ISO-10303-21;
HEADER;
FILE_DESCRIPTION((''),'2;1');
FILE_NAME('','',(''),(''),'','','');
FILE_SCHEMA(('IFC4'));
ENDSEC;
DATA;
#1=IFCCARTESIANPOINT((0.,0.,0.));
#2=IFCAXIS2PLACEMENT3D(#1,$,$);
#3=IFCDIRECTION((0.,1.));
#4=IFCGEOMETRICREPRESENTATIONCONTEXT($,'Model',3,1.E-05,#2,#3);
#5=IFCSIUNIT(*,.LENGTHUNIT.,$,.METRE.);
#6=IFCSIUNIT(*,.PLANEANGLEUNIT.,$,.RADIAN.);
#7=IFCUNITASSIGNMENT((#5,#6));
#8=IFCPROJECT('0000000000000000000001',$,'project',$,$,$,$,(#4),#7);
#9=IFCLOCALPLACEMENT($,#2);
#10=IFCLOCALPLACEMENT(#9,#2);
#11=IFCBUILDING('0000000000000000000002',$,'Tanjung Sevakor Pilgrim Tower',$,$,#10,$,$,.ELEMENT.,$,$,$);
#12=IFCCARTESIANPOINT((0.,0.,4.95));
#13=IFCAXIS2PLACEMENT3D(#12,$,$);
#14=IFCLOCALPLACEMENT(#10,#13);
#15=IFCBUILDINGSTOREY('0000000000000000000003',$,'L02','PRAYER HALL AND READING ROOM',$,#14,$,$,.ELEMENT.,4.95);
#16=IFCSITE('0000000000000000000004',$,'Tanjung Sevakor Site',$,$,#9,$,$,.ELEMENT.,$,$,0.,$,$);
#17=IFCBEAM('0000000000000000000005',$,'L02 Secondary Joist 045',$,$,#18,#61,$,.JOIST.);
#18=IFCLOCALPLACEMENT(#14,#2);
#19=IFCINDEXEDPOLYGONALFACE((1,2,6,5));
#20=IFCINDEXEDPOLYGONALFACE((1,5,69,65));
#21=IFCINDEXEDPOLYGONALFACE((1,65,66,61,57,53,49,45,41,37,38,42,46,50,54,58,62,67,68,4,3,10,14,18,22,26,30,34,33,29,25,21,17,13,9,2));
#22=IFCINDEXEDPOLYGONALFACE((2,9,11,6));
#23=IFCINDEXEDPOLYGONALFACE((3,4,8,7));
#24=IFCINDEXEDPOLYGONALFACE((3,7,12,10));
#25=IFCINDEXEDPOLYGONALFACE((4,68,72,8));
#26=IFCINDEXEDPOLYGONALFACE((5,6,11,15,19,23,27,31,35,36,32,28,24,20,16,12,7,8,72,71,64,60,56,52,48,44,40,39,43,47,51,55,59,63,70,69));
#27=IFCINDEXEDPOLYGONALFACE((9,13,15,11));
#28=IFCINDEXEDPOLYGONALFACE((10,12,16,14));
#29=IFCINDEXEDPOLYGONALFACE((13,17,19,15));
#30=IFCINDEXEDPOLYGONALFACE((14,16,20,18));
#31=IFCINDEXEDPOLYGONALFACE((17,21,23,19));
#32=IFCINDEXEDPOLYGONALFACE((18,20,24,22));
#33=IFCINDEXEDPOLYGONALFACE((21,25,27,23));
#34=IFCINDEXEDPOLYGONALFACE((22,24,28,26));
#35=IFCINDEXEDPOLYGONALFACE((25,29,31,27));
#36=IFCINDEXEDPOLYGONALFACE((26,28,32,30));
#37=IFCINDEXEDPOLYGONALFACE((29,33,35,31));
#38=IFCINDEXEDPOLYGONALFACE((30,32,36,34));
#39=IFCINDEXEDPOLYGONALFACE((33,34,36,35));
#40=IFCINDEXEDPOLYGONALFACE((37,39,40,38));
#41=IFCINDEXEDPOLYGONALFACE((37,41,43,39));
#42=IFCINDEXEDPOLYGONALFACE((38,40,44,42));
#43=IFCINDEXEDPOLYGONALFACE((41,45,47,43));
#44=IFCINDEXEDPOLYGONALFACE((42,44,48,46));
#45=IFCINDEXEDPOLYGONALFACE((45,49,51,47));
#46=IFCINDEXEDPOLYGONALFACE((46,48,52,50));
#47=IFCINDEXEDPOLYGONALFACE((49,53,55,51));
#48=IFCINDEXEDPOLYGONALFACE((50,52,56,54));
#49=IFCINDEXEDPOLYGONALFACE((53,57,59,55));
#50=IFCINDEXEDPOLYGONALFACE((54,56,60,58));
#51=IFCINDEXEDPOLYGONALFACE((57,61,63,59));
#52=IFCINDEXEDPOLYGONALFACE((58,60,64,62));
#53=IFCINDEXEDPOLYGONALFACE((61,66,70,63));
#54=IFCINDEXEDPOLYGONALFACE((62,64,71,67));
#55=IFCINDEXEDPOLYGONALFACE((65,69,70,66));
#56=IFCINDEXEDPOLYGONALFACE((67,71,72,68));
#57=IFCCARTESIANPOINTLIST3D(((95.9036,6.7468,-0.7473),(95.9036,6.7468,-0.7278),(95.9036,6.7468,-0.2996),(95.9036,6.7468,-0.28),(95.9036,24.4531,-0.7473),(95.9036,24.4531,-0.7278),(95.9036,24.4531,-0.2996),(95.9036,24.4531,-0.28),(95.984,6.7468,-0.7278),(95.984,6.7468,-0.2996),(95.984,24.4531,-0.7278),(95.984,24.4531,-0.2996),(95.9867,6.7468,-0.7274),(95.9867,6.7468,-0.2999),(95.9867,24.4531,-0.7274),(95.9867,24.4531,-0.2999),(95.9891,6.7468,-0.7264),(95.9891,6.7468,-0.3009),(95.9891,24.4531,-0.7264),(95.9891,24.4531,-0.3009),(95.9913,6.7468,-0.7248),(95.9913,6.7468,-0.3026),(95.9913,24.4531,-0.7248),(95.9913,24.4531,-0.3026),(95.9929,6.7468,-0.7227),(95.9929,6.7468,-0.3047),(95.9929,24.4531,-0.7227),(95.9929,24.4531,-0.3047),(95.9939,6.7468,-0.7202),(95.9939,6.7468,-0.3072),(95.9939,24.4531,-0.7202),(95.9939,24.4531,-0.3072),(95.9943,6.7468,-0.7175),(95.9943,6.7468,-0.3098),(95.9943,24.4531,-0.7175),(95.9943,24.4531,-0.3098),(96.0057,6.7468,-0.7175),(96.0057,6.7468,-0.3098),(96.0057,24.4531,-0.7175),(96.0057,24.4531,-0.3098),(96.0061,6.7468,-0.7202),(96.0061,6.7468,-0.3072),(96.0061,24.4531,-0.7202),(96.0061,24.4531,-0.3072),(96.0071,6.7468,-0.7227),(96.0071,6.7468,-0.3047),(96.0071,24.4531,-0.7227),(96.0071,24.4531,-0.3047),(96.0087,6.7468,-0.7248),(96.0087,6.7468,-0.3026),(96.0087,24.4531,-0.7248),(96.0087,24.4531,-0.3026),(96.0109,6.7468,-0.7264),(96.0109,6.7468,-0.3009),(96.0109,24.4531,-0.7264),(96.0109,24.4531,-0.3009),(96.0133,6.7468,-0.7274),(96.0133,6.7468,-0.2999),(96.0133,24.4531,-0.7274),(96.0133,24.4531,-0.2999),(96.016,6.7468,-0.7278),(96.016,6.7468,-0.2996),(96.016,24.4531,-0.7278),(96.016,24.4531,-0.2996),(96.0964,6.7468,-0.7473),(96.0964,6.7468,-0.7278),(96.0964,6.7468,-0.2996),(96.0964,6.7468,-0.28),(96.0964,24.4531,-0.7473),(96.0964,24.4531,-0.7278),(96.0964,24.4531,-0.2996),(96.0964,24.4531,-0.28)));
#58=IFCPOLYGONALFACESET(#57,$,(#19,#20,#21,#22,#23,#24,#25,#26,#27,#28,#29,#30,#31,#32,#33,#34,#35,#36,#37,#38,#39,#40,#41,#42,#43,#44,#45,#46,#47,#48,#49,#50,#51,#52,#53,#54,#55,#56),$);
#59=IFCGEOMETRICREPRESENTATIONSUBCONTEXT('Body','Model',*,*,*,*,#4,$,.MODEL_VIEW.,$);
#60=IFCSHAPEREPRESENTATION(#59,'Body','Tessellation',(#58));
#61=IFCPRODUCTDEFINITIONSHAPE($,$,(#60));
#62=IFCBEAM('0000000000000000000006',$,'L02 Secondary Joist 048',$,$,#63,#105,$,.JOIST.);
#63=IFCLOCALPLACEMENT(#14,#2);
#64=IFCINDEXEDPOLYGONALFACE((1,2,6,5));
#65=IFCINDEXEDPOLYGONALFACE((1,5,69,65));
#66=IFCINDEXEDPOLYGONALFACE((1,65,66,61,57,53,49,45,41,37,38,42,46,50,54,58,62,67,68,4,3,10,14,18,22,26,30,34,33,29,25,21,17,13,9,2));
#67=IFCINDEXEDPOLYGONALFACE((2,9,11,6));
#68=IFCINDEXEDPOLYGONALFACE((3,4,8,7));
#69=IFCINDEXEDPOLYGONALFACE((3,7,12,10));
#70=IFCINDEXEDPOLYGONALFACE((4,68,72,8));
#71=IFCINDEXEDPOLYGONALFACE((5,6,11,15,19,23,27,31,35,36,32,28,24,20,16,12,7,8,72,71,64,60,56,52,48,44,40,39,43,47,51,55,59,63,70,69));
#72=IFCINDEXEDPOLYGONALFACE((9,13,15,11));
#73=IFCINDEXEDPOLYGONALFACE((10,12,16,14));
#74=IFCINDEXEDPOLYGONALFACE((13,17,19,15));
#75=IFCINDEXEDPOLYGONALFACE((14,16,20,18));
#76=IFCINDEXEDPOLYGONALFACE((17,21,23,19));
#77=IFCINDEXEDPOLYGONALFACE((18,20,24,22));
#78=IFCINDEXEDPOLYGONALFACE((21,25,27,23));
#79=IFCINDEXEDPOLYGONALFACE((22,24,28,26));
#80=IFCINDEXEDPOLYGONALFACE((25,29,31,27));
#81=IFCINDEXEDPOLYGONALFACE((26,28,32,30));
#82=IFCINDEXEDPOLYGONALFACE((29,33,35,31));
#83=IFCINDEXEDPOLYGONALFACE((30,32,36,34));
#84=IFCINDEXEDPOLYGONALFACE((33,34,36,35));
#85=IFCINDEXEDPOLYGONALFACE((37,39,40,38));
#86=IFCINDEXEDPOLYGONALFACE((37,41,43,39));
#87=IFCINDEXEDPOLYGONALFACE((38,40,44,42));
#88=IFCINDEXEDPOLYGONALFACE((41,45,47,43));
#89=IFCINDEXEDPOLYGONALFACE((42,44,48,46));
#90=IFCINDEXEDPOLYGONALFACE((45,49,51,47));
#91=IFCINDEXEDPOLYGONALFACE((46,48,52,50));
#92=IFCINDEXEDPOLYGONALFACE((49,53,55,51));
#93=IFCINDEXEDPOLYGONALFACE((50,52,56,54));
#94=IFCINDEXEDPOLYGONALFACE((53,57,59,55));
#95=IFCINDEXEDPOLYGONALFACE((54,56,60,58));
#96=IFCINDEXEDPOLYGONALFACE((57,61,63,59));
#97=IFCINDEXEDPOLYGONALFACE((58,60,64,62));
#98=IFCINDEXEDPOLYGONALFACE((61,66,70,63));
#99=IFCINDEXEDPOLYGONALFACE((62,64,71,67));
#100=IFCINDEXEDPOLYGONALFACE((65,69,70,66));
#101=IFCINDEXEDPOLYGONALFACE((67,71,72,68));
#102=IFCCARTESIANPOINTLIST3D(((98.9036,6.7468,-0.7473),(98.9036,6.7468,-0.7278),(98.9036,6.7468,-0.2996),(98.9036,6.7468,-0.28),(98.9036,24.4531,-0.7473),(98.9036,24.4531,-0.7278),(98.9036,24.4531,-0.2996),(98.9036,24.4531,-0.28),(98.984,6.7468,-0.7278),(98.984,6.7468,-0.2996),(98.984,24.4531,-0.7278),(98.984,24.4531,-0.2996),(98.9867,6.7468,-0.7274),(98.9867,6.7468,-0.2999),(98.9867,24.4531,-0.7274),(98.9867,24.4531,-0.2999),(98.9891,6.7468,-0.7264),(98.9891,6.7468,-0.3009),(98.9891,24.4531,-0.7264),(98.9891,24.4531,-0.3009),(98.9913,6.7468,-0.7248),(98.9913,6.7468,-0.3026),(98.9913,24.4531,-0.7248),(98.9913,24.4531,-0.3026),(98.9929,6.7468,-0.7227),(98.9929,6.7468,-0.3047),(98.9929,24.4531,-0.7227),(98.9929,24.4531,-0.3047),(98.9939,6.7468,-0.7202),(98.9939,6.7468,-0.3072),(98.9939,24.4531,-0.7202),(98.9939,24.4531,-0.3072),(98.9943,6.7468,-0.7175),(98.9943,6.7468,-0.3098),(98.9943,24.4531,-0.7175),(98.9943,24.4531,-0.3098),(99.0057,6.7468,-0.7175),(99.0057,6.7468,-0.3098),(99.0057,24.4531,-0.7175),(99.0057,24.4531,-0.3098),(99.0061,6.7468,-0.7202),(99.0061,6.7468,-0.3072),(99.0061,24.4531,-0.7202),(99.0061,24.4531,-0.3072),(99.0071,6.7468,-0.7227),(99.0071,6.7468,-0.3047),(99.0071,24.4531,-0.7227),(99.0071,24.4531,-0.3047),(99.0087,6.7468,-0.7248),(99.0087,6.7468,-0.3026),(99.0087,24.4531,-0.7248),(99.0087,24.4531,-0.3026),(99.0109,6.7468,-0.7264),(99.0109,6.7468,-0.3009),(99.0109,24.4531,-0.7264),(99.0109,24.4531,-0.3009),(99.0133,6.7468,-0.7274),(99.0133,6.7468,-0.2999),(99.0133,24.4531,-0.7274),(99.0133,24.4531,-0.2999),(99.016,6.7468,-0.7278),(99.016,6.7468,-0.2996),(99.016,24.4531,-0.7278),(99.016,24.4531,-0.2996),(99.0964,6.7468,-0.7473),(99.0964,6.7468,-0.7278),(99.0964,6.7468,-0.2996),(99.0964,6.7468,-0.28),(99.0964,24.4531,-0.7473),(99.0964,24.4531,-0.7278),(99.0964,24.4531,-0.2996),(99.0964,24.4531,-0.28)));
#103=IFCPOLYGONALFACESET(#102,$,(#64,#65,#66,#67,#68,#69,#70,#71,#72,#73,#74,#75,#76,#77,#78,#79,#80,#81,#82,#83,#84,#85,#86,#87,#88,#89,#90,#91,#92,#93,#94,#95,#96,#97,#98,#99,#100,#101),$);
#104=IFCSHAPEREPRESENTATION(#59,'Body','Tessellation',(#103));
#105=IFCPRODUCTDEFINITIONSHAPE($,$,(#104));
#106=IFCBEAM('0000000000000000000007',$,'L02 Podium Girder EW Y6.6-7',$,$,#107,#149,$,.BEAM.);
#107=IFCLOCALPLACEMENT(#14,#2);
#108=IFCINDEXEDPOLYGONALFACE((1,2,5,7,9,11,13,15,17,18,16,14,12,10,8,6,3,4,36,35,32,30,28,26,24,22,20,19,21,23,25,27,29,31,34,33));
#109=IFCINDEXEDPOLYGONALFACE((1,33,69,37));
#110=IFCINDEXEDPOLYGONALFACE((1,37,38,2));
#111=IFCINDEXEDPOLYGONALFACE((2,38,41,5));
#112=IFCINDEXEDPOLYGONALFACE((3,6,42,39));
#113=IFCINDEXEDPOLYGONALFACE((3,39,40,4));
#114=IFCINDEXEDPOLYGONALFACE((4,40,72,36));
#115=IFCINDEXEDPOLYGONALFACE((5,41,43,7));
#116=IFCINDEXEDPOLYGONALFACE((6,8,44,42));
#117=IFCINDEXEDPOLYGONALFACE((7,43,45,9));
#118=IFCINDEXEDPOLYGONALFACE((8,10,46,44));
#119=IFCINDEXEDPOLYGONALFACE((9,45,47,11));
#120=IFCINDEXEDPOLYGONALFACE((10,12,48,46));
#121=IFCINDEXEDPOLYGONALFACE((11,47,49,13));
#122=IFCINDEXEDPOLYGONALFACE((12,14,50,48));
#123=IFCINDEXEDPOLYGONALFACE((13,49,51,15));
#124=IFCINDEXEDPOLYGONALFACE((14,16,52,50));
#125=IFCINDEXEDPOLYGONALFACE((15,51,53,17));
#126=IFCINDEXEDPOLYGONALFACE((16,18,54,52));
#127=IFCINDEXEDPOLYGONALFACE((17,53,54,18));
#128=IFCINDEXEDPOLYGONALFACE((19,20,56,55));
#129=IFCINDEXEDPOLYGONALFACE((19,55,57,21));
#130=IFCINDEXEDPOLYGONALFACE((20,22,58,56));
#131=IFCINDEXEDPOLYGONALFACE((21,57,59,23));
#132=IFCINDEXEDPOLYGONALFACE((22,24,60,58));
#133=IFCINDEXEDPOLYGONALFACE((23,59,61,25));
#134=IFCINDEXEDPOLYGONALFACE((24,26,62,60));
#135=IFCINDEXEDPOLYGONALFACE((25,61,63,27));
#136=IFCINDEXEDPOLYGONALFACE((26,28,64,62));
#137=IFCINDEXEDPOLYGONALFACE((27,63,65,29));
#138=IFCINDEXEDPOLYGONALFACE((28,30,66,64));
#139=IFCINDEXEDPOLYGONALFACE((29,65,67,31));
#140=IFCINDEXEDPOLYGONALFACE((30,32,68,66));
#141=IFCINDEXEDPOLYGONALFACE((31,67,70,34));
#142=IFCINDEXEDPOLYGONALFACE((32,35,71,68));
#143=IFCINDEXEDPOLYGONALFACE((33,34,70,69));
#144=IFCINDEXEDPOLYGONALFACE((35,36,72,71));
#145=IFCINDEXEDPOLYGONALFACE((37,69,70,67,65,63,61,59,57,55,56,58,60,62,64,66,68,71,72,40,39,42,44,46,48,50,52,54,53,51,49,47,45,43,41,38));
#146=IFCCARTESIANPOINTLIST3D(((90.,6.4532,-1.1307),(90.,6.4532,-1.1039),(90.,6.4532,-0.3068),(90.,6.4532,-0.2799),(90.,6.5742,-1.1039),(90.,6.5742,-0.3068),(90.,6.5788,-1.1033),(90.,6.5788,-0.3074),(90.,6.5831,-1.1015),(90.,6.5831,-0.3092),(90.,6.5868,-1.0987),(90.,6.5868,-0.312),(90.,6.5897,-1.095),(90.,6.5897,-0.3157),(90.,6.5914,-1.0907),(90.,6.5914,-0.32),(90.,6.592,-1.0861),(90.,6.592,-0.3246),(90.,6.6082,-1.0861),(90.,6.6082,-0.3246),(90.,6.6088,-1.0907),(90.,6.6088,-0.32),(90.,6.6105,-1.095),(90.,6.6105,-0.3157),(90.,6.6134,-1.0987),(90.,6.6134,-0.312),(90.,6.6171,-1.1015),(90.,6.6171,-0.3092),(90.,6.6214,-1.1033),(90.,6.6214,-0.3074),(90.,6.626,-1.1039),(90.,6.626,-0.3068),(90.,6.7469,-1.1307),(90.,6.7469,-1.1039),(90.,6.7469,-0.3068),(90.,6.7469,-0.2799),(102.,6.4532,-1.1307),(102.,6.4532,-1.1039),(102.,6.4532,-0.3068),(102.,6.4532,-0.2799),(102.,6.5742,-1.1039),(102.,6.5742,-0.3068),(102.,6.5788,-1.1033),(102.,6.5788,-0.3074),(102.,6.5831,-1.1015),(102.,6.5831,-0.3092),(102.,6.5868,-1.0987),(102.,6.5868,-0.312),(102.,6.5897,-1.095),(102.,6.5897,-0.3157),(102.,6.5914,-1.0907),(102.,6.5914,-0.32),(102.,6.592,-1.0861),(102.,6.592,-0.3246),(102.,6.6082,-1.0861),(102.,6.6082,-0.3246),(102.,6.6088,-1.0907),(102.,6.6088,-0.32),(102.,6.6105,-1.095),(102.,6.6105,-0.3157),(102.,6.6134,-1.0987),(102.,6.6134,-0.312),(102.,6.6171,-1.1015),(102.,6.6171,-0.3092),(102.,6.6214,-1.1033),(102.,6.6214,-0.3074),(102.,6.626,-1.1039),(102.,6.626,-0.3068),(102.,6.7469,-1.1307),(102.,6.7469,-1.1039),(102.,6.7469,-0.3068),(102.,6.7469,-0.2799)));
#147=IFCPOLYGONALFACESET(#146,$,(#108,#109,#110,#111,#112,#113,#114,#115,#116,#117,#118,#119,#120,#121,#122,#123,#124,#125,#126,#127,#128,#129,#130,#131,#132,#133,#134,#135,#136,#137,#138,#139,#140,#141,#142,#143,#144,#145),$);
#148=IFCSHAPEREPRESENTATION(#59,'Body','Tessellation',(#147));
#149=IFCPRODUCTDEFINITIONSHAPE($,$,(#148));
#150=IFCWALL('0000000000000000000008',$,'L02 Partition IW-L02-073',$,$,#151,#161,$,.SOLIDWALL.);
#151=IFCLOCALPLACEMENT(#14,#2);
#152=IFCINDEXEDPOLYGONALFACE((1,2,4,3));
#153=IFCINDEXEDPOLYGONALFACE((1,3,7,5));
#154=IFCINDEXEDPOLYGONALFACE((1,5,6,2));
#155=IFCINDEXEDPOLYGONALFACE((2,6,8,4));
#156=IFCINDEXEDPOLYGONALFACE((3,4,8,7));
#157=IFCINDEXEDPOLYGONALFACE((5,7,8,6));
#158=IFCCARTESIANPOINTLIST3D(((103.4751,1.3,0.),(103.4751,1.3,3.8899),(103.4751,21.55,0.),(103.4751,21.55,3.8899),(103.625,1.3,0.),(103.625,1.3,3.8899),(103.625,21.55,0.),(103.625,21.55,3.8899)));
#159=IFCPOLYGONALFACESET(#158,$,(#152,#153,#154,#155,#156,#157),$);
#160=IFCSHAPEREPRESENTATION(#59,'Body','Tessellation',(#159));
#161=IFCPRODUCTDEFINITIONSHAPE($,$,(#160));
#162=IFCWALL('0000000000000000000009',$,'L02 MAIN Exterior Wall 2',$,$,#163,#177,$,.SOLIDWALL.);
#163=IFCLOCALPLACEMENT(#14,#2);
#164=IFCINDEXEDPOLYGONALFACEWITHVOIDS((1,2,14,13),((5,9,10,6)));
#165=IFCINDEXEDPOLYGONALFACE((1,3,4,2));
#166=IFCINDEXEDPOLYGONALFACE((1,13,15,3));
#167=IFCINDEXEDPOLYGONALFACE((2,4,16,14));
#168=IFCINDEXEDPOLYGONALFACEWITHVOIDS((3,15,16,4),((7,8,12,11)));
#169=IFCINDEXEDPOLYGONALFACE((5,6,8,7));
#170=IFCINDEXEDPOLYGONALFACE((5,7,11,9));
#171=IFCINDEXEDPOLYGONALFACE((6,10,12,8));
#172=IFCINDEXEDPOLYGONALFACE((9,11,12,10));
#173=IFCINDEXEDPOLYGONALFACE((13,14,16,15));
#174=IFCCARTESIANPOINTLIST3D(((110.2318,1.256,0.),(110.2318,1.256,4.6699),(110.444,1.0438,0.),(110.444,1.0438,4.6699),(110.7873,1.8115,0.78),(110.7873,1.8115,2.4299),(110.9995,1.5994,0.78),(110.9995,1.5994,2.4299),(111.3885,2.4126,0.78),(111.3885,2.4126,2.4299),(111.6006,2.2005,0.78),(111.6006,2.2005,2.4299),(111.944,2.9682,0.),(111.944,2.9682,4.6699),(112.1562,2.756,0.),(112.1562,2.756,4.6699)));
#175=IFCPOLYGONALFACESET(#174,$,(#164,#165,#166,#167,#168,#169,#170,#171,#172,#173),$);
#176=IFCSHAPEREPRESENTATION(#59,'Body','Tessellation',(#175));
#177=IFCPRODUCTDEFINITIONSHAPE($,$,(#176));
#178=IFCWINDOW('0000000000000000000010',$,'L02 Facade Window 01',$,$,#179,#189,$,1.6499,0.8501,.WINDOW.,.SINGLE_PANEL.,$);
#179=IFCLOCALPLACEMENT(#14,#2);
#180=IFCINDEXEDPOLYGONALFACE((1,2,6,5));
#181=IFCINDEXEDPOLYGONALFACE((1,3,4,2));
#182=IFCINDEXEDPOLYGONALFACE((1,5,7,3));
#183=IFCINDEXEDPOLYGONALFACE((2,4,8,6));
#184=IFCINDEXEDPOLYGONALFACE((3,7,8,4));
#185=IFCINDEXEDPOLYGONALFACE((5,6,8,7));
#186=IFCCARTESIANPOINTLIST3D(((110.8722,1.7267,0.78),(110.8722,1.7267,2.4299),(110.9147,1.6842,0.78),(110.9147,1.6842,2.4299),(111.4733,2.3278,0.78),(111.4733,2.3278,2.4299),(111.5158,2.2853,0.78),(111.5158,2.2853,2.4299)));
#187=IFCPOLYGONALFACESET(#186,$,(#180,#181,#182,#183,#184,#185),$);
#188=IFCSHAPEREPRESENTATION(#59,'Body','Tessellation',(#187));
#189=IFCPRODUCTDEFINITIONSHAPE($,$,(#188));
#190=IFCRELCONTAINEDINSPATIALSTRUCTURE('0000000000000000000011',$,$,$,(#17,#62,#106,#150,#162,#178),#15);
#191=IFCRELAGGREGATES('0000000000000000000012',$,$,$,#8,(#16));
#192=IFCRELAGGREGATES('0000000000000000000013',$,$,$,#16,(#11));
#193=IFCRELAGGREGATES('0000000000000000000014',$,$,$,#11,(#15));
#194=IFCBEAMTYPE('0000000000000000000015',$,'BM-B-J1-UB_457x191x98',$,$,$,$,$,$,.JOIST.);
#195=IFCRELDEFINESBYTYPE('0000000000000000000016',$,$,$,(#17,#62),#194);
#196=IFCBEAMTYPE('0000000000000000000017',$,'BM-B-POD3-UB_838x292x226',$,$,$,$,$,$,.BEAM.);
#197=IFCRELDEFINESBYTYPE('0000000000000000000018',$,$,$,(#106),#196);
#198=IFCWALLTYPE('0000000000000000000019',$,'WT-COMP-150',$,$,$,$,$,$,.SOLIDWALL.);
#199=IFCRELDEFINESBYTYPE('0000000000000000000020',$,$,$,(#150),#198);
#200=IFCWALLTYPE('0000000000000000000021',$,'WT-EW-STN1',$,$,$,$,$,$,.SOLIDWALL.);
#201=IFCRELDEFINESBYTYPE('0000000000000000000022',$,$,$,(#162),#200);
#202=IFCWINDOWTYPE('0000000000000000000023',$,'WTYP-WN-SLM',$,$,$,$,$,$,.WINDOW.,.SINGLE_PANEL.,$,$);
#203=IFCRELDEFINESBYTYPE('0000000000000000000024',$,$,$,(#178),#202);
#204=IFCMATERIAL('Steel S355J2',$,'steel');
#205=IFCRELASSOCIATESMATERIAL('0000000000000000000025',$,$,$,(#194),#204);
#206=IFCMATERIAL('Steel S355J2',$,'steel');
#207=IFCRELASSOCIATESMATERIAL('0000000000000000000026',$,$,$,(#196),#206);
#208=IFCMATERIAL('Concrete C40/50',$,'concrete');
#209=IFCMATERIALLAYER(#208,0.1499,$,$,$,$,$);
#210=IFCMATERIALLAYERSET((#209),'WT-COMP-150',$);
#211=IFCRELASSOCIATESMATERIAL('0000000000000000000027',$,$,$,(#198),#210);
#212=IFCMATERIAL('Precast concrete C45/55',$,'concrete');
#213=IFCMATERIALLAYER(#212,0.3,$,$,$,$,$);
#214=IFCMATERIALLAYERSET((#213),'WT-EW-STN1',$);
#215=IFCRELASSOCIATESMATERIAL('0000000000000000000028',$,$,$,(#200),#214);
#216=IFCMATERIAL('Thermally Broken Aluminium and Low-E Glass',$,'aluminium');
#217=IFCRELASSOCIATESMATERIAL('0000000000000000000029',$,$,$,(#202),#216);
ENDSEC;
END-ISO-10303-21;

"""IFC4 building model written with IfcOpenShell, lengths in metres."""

from ifc_helpers import new_model, si_unit, direction, frame, frame_2d, origin, origin_2d, place, context, subcontext, project, spatial, rectangle, i_section, extrude, material, layer, layer_set, material_profile, profile_set, type_object, element, fill, save


model = new_model("IFC4")

# Units and contexts
model_context = context("Model", 3, precision=1e-05, world=origin(), true_north=direction((0.0, 1.0)))
body_context = subcontext(model_context, "Body", "Model", "MODEL_VIEW")
ifc_project = project(units=[si_unit("LENGTHUNIT", "METRE"), si_unit("PLANEANGLEUNIT", "RADIAN")], contexts=[model_context])

# Site, building, storey
site_placement = place(None, origin())
site = spatial("IfcSite", under=ifc_project, at=site_placement, Name="Tanjung Sevakor Site", CompositionType="ELEMENT", RefElevation=0.0)
building_placement = place(site_placement, origin())
building = spatial("IfcBuilding", under=site, at=building_placement, Name="Tanjung Sevakor Pilgrim Tower", CompositionType="ELEMENT")
storey_placement = place(building_placement, frame((0.0, 0.0, 4.95)))
storey = spatial("IfcBuildingStorey", under=building, at=storey_placement, Name="L02", Description="PRAYER HALL AND READING ROOM", CompositionType="ELEMENT", Elevation=4.95)

# Beams
ifc_material_1 = material(Name="Steel S355J2", Category="steel")
ifc_material_profile_1 = material_profile(ifc_material_1, i_section(OverallWidth=0.1929, OverallDepth=0.4673, WebThickness=0.0115, FlangeThickness=0.0195, FilletRadius=0.0103, at=origin_2d()))
ifc_profile_set_1 = profile_set([ifc_material_profile_1], Name="Steel S355J2")
beam_type_1 = type_object("IfcBeamType", Name="BM-B-J1-UB_457x191x98", PredefinedType="JOIST", material=ifc_profile_set_1)
for number, where, z_axis, x_axis, name in (
    (1, (96.0, 6.7468, -0.5137), (0.0, 1.0, 0.0), (-1.0, 0.0, 0.0), "L02 Secondary Joist 045"),
    (2, (99.0, 6.7468, -0.5137), (0.0, 1.0, 0.0), (-1.0, 0.0, 0.0), "L02 Secondary Joist 048"),
):
    element("IfcBeam", number, at=place(storey_placement, frame(where, z_axis=z_axis, x_axis=x_axis)), inside=storey, type_object=beam_type_1, Name=name, PredefinedType="JOIST", context=body_context, shape_type="SweptSolid", body=[
        extrude(i_section(OverallWidth=0.1929, OverallDepth=0.4673, WebThickness=0.0115, FlangeThickness=0.0195, FilletRadius=0.0103, at=origin_2d()), origin(), (0.0, 0.0, 1.0), 17.7063),
    ])
ifc_material_2 = material(Name="Steel S355J2", Category="steel")
ifc_material_profile_2 = material_profile(ifc_material_2, i_section(OverallWidth=0.2937, OverallDepth=0.8508, WebThickness=0.0161, FlangeThickness=0.0269, FilletRadius=0.0178, at=origin_2d()))
ifc_profile_set_2 = profile_set([ifc_material_profile_2], Name="Steel S355J2")
beam_type_2 = type_object("IfcBeamType", Name="BM-B-POD3-UB_838x292x226", PredefinedType="BEAM", material=ifc_profile_set_2)
beam_placement = place(storey_placement, frame((90.0, 6.6001, -0.7053), z_axis=(1.0, 0.0, 0.0), x_axis=(0.0, 1.0, 0.0)))
element("IfcBeam", 3, at=beam_placement, inside=storey, type_object=beam_type_2, Name="L02 Podium Girder EW Y6.6-7", PredefinedType="BEAM", context=body_context, shape_type="SweptSolid", body=[
    extrude(i_section(OverallWidth=0.2937, OverallDepth=0.8508, WebThickness=0.0161, FlangeThickness=0.0269, FilletRadius=0.0178, at=origin_2d()), origin(), (0.0, 0.0, 1.0), 12.0),
])

# Wall
ifc_material_3 = material(Name="Concrete C40/50", Category="concrete")
ifc_layer_1 = layer(ifc_material_3, 0.1499)
ifc_layer_set_1 = layer_set([ifc_layer_1], Name="WT-COMP-150")
wall_type_1 = type_object("IfcWallType", Name="WT-COMP-150", PredefinedType="SOLIDWALL", material=ifc_layer_set_1)
wall_1_placement = place(storey_placement, frame((103.55, 1.3, 0.0), z_axis=(0.0, 0.0, 1.0), x_axis=(0.0, 1.0, 0.0)))
element("IfcWall", 4, at=wall_1_placement, inside=storey, type_object=wall_type_1, Name="L02 Partition IW-L02-073", PredefinedType="SOLIDWALL", context=body_context, shape_type="SweptSolid", body=[
    extrude(rectangle(XDim=20.25, YDim=0.1499, at=frame_2d((10.125, 0.0))), origin(), (0.0, 0.0, 1.0), 3.8899),
])

# Wall, opening, window
ifc_material_4 = material(Name="Precast concrete C45/55", Category="concrete")
ifc_layer_2 = layer(ifc_material_4, 0.3)
ifc_layer_set_2 = layer_set([ifc_layer_2], Name="WT-EW-STN1")
wall_type_2 = type_object("IfcWallType", Name="WT-EW-STN1", PredefinedType="SOLIDWALL", material=ifc_layer_set_2)
wall_2_placement = place(storey_placement, frame((110.3379, 1.1499, 0.0), z_axis=(0.0, 0.0, 1.0), x_axis=(0.707107, 0.707107, 0.0)))
wall_2 = element("IfcWall", 5, at=wall_2_placement, inside=storey, type_object=wall_type_2, Name="L02 MAIN Exterior Wall 2", PredefinedType="SOLIDWALL", context=body_context, shape_type="SweptSolid", body=[
    extrude(rectangle(XDim=2.4214, YDim=0.3, at=frame_2d((1.2107, 0.0))), origin(), (0.0, 0.0, 1.0), 4.6699),
])
opening_1_placement = place(wall_2_placement, frame((0.7856, 0.0, 0.78)))
opening_1 = element("IfcOpeningElement", 6, at=opening_1_placement, cuts=wall_2, PredefinedType="OPENING", context=body_context, shape_type="SweptSolid", body=[
    extrude(rectangle(XDim=0.8501, YDim=1.6499, at=frame_2d((0.425, 0.825))), frame((0.0, 0.1599, 0.0), z_axis=(0.0, -1.0, 0.0), x_axis=(1.0, 0.0, 0.0)), (0.0, 0.0, 1.0), 0.3201),
])
ifc_material_5 = material(Name="Thermally Broken Aluminium and Low-E Glass", Category="aluminium")
window_type_1 = type_object("IfcWindowType", Name="WTYP-WN-SLM", PartitioningType="SINGLE_PANEL", PredefinedType="WINDOW", material=ifc_material_5)
window_1_placement = place(opening_1_placement, origin())
window_1 = element("IfcWindow", 7, at=window_1_placement, inside=storey, type_object=window_type_1, Name="L02 Facade Window 01", OverallHeight=1.6499, OverallWidth=0.8501, PartitioningType="SINGLE_PANEL", PredefinedType="WINDOW", context=body_context, shape_type="SweptSolid", body=[
    extrude(rectangle(XDim=0.8501, YDim=1.6499, at=frame_2d((0.425, 0.825))), frame((0.0, 0.03, 0.0), z_axis=(0.0, -1.0, 0.0), x_axis=(1.0, 0.0, 0.0)), (0.0, 0.0, 1.0), 0.0601),
])
fill(opening_1, window_1)

save(model, "model.ifc")
